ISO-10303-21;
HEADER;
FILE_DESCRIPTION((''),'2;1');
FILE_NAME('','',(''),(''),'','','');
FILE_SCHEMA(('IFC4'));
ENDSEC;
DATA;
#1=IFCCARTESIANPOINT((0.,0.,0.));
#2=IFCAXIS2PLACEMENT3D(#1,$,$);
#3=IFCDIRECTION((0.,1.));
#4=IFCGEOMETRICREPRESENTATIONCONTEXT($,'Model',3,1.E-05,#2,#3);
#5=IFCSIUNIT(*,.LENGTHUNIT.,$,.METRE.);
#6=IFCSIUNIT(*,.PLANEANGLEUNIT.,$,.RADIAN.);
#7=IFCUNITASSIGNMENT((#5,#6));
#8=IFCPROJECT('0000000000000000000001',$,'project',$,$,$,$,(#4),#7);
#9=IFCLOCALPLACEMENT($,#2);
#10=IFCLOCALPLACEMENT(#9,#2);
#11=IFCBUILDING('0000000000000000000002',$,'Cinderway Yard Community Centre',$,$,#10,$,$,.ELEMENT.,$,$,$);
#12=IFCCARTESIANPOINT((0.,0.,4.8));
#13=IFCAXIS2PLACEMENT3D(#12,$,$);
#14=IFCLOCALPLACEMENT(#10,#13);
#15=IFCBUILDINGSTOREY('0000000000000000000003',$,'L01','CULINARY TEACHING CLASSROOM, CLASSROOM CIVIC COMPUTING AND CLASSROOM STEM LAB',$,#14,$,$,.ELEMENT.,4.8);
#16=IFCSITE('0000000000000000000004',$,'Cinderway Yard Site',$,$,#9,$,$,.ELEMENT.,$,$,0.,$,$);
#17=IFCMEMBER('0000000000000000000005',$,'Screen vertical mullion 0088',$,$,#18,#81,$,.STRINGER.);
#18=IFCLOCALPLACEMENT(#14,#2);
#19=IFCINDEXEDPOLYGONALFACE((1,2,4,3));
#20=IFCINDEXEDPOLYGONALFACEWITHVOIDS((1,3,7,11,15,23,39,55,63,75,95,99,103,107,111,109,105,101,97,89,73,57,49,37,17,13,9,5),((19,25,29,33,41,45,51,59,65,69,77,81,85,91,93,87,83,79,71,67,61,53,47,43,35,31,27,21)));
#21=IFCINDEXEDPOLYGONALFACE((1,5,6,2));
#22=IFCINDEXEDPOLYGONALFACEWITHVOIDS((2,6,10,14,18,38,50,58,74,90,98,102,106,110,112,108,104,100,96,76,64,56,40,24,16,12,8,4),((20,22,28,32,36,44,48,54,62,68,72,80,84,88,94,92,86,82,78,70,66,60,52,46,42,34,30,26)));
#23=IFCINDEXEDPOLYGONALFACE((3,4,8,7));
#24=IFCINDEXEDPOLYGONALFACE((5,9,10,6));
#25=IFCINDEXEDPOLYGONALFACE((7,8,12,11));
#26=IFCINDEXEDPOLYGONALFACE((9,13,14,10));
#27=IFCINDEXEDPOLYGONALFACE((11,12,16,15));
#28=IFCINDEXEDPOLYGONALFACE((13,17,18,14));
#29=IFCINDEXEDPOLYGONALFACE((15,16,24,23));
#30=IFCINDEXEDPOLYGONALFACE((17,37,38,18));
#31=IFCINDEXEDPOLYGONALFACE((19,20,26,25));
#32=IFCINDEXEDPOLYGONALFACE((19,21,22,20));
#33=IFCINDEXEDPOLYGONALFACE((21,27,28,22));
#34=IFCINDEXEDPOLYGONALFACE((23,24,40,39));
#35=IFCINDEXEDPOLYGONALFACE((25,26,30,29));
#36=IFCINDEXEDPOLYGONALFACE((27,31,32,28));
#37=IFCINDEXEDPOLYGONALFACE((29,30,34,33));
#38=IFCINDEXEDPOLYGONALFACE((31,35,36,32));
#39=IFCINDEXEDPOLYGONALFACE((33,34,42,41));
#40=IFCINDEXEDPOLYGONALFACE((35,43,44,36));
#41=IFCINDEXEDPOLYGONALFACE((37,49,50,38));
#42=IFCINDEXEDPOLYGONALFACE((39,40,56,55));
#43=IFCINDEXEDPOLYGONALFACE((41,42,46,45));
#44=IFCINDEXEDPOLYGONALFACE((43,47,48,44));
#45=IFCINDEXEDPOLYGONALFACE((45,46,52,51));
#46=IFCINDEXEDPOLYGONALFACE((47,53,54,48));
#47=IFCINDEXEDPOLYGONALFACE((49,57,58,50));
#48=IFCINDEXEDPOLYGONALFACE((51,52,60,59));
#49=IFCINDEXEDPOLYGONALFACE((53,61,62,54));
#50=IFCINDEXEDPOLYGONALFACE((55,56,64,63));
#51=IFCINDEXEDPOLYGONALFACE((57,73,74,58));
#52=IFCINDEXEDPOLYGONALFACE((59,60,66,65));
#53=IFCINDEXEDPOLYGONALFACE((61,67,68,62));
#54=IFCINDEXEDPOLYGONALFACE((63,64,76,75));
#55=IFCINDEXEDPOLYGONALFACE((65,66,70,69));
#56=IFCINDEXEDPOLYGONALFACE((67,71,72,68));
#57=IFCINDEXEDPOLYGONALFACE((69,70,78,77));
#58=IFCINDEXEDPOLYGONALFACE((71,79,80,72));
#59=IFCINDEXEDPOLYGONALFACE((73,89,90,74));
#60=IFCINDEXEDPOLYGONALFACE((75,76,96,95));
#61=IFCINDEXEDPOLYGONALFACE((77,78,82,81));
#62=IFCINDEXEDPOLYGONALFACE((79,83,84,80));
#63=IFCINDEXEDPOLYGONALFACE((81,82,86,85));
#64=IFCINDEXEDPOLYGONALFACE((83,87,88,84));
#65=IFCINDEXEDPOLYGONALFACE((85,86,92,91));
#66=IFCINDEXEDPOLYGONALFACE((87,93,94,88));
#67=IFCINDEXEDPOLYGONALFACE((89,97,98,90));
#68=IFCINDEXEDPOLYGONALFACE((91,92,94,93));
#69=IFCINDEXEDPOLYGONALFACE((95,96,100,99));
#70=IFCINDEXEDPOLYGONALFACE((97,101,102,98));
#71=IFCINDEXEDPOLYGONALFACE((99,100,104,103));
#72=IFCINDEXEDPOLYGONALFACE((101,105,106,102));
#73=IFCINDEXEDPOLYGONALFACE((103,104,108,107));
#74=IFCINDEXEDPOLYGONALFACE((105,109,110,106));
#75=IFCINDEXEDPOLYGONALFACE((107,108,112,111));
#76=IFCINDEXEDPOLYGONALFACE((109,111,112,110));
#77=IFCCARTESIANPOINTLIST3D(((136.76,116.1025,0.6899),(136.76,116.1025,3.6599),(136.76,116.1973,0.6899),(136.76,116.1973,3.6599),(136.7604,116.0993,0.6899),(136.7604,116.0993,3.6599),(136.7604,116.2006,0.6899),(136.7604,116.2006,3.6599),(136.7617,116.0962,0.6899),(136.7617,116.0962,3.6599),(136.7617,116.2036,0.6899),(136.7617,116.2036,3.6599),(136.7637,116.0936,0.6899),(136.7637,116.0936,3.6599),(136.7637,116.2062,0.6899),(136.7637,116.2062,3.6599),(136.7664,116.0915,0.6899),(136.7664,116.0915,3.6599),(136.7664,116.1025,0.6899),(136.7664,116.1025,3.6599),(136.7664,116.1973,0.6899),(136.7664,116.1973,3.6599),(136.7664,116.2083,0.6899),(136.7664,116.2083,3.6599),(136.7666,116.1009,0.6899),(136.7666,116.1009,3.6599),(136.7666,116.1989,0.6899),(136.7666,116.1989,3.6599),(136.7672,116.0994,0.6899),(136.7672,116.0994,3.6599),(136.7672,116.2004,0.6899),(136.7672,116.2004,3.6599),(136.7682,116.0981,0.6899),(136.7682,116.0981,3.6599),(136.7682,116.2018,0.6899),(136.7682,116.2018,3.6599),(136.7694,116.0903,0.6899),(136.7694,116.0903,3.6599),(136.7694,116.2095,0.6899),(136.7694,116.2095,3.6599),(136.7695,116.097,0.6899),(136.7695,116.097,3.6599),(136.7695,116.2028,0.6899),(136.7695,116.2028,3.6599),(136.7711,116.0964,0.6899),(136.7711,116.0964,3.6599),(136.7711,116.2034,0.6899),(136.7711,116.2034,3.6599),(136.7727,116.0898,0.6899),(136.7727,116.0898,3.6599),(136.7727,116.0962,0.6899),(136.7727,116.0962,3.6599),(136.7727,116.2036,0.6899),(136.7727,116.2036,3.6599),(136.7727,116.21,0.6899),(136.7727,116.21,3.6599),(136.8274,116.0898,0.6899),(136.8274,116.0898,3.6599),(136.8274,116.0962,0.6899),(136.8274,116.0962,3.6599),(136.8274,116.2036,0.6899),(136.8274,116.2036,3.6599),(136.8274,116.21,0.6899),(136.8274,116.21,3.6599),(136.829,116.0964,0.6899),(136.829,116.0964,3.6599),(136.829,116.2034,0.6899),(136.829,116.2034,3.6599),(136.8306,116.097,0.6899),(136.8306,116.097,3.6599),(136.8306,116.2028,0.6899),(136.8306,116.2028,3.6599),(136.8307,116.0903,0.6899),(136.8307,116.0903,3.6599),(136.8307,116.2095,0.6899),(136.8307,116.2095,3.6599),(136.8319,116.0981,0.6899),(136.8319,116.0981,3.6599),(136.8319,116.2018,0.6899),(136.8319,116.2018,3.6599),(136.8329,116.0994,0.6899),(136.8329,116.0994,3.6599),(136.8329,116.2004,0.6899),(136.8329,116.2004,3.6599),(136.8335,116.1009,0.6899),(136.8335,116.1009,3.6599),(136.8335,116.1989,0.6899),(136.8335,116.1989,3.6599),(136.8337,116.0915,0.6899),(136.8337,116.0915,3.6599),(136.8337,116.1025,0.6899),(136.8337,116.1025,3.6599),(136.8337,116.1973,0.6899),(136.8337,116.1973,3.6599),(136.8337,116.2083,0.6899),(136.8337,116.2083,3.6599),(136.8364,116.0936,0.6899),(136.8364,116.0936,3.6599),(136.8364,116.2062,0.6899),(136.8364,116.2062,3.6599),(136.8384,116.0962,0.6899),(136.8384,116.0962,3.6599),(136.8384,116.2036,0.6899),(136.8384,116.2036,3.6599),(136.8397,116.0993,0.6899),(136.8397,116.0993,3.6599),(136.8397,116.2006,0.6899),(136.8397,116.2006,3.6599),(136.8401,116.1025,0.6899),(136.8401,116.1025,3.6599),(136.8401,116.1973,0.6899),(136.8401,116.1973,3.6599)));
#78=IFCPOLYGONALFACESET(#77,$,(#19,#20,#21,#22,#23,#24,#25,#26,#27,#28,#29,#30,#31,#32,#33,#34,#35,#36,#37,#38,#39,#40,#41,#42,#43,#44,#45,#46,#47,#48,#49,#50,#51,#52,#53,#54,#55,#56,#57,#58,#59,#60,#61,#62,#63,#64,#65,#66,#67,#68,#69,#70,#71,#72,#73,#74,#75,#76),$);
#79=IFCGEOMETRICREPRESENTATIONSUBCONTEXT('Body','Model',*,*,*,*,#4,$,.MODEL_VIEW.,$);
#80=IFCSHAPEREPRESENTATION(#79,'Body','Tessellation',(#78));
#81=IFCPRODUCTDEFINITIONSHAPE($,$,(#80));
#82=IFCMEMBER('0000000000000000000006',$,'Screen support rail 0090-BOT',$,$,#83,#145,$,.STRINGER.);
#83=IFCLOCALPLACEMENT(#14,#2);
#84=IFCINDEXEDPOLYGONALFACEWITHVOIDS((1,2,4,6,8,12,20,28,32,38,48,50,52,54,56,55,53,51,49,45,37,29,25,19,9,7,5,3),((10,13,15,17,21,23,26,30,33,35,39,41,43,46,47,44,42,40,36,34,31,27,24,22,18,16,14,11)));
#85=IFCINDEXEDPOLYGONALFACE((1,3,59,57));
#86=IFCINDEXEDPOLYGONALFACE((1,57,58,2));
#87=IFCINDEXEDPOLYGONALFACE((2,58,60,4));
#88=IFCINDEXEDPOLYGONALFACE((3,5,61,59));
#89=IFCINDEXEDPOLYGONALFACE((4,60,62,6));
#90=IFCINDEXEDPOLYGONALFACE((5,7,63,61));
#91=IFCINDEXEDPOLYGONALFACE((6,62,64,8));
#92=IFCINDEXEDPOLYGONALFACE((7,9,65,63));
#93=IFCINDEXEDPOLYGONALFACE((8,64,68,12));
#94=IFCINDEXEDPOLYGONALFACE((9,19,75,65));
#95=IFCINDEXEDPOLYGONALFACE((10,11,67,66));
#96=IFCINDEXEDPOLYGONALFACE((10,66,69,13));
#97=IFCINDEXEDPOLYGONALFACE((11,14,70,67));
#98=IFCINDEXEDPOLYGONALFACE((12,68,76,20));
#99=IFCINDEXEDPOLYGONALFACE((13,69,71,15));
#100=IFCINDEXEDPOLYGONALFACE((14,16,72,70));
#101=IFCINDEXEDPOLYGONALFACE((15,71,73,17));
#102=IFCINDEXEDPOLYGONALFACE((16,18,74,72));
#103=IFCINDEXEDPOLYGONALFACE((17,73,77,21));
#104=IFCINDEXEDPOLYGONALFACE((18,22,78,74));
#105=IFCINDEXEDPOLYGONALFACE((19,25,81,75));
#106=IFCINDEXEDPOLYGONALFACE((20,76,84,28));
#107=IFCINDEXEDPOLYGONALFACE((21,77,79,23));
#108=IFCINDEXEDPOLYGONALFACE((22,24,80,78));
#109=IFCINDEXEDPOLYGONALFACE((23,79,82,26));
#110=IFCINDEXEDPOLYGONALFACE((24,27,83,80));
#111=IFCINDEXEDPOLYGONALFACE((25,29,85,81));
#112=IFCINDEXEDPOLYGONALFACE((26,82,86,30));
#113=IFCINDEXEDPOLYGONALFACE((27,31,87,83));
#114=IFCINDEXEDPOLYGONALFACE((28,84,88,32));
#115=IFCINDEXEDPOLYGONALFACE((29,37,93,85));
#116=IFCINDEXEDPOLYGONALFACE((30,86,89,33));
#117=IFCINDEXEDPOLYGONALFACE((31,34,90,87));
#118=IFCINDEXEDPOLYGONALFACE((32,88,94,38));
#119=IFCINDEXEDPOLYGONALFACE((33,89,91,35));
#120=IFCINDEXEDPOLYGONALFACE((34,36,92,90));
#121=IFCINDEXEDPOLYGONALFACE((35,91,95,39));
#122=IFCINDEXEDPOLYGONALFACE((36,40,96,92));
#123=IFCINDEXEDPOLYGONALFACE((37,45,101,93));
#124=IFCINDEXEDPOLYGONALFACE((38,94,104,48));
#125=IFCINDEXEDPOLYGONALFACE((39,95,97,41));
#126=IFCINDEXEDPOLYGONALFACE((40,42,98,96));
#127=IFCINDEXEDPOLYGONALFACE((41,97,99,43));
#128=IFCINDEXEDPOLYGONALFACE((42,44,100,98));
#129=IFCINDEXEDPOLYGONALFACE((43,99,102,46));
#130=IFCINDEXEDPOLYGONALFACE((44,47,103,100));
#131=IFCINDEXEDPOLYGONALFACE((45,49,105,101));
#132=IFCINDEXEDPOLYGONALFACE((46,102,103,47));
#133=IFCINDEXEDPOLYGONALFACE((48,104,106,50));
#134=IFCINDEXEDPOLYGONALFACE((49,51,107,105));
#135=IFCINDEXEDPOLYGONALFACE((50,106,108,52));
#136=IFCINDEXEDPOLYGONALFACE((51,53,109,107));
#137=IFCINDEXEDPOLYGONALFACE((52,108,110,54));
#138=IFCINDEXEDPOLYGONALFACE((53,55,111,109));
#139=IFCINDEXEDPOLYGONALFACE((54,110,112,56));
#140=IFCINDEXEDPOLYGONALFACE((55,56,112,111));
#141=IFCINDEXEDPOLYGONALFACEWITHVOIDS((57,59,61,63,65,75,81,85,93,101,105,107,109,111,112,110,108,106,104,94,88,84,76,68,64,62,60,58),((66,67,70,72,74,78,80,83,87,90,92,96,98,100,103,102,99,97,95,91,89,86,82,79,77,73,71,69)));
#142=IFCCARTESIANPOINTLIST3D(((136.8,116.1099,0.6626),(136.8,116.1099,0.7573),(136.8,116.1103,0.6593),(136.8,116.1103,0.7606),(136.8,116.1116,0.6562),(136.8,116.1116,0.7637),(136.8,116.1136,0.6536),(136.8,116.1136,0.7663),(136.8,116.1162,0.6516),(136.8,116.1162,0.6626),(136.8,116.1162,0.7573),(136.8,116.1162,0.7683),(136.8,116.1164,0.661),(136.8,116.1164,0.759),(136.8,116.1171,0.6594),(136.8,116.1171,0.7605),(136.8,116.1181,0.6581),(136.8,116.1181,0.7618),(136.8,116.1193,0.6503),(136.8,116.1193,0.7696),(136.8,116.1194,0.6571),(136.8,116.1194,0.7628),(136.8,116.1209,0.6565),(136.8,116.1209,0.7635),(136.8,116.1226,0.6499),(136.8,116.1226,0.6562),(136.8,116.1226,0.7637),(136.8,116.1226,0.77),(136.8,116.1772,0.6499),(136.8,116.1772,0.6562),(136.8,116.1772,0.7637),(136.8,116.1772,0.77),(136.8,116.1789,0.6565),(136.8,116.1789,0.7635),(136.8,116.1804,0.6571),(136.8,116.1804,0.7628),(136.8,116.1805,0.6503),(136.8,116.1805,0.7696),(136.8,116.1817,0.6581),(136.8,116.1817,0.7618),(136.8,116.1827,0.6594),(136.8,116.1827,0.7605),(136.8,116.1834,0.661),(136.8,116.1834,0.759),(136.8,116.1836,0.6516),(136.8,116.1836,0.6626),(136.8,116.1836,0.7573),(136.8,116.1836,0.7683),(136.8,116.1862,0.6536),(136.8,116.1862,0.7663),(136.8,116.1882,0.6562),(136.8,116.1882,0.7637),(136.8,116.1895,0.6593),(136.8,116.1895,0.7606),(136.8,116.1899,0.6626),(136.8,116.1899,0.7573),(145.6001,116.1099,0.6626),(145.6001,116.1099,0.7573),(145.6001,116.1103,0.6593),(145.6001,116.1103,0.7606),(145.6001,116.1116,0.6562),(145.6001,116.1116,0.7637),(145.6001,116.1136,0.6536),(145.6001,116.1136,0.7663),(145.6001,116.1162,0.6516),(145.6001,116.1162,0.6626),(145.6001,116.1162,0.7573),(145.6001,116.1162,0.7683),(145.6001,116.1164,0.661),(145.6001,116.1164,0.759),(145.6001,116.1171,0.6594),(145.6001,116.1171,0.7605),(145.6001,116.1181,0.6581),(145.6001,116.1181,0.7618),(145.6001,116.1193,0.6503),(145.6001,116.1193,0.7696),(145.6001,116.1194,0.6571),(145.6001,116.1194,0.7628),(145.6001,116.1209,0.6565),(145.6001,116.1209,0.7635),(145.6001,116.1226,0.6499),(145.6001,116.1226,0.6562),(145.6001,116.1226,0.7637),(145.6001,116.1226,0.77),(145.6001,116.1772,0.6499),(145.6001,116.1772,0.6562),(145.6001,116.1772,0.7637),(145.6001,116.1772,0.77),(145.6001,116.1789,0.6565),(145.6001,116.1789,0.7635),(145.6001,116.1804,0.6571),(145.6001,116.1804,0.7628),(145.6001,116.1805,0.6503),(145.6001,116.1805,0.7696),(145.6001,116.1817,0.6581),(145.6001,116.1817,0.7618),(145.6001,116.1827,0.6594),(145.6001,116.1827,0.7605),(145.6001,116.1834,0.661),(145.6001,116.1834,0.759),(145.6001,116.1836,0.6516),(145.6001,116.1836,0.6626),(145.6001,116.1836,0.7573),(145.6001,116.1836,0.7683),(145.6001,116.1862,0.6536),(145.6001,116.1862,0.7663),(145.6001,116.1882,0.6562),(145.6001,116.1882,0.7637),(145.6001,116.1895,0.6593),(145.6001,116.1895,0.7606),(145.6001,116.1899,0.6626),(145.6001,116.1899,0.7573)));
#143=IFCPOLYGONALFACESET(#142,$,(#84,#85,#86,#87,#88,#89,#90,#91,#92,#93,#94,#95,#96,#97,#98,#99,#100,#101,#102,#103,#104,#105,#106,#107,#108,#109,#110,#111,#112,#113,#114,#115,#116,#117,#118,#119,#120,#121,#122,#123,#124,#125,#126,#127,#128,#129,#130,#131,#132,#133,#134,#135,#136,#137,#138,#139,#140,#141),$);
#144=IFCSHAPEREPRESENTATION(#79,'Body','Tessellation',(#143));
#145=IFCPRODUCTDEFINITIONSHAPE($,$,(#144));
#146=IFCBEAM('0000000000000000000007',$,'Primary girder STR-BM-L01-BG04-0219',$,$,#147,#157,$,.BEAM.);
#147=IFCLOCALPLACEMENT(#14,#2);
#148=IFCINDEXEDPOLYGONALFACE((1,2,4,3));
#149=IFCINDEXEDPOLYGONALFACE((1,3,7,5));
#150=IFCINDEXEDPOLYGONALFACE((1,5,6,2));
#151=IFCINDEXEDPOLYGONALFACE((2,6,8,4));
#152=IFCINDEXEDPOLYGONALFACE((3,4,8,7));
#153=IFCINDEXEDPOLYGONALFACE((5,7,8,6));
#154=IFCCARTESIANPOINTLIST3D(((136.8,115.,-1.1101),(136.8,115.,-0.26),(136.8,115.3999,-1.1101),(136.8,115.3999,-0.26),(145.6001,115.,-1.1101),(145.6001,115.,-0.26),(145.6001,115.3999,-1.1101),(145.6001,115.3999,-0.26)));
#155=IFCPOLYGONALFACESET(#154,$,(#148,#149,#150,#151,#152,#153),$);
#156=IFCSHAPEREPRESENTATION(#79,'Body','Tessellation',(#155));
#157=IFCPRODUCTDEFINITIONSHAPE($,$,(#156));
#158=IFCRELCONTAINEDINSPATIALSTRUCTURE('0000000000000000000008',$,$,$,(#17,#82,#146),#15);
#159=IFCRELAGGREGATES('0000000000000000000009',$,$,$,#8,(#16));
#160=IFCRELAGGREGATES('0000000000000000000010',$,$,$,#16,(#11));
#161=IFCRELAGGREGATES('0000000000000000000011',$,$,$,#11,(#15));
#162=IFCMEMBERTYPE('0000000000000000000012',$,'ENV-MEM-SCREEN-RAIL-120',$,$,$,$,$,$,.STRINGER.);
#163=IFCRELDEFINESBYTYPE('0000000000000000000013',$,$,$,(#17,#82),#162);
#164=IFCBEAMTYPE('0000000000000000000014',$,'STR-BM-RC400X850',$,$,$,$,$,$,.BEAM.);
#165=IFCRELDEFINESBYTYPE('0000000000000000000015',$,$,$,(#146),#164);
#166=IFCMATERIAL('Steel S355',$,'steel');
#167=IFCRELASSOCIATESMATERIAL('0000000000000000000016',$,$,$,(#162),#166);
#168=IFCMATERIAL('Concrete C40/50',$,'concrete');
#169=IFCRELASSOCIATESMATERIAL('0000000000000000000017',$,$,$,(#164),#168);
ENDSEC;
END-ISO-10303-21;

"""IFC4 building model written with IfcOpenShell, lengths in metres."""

from ifc_helpers import new_model, si_unit, direction, frame, origin, origin_2d, place, context, subcontext, project, spatial, rectangle, hollow_rectangle, extrude, material, material_profile, profile_set, type_object, element, save


model = new_model("IFC4")

# Units and contexts
model_context = context("Model", 3, precision=1e-05, world=origin(), true_north=direction((0.0, 1.0)))
body_context = subcontext(model_context, "Body", "Model", "MODEL_VIEW")
ifc_project = project(units=[si_unit("LENGTHUNIT", "METRE"), si_unit("PLANEANGLEUNIT", "RADIAN")], contexts=[model_context])

# Site, building, storey
site_placement = place(None, origin())
site = spatial("IfcSite", under=ifc_project, at=site_placement, Name="Cinderway Yard Site", CompositionType="ELEMENT", RefElevation=0.0)
building_placement = place(site_placement, origin())
building = spatial("IfcBuilding", under=site, at=building_placement, Name="Cinderway Yard Community Centre", CompositionType="ELEMENT")
storey_placement = place(building_placement, frame((0.0, 0.0, 4.8)))
storey = spatial("IfcBuildingStorey", under=building, at=storey_placement, Name="L01", Description="CULINARY TEACHING CLASSROOM, CLASSROOM CIVIC COMPUTING AND CLASSROOM STEM LAB", CompositionType="ELEMENT", Elevation=4.8)

# Shared definitions
ifc_material_1 = material(Name="Concrete C40/50", Category="concrete")

# Members
ifc_material_2 = material(Name="Steel S355", Category="steel")
ifc_material_profile_1 = material_profile(ifc_material_2, hollow_rectangle(XDim=0.0801, YDim=0.1201, WallThickness=0.0063, InnerFilletRadius=0.0063, OuterFilletRadius=0.0127, at=origin_2d()), Name="Steel S355")
ifc_profile_set_1 = profile_set([ifc_material_profile_1], Name="Steel S355")
member_type_1 = type_object("IfcMemberType", Name="ENV-MEM-SCREEN-RAIL-120", PredefinedType="STRINGER", material=ifc_profile_set_1)
for number, where, z_axis, x_axis, name in (
    (1, (136.8, 116.1499, 0.6899), (0.0, 0.0, 1.0), (1.0, 0.0, 0.0), "Screen vertical mullion 0088"),
):
    element("IfcMember", number, at=place(storey_placement, frame(where, z_axis=z_axis, x_axis=x_axis)), inside=storey, type_object=member_type_1, Name=name, PredefinedType="STRINGER", context=body_context, shape_type="SweptSolid", body=[
        extrude(hollow_rectangle(XDim=0.0801, YDim=0.1201, WallThickness=0.0063, InnerFilletRadius=0.0063, OuterFilletRadius=0.0127, at=origin_2d()), origin(), (0.0, 0.0, 1.0), 2.97),
    ])
member_1_placement = place(storey_placement, frame((136.8, 116.1499, 0.71), z_axis=(1.0, 0.0, 0.0), x_axis=(0.0, 1.0, 0.0)))
element("IfcMember", 2, at=member_1_placement, inside=storey, type_object=member_type_1, Name="Screen support rail 0090-BOT", PredefinedType="STRINGER", context=body_context, shape_type="SweptSolid", body=[
    extrude(hollow_rectangle(XDim=0.0801, YDim=0.1201, WallThickness=0.0063, InnerFilletRadius=0.0063, OuterFilletRadius=0.0127, at=origin_2d()), origin(), (0.0, 0.0, 1.0), 8.8),
])

# Beam
ifc_material_profile_2 = material_profile(ifc_material_1, rectangle(XDim=0.3999, YDim=0.8501, at=origin_2d()), Name="Concrete C40/50")
ifc_profile_set_2 = profile_set([ifc_material_profile_2], Name="Concrete C40/50")
beam_type = type_object("IfcBeamType", Name="STR-BM-RC400X850", PredefinedType="BEAM", material=ifc_profile_set_2)
beam_placement = place(storey_placement, frame((136.8, 115.2, -0.6851), z_axis=(1.0, 0.0, 0.0), x_axis=(0.0, 1.0, 0.0)))
element("IfcBeam", 3, at=beam_placement, inside=storey, type_object=beam_type, Name="Primary girder STR-BM-L01-BG04-0219", PredefinedType="BEAM", context=body_context, shape_type="SweptSolid", body=[
    extrude(rectangle(XDim=0.3999, YDim=0.8501, at=origin_2d()), origin(), (0.0, 0.0, 1.0), 8.8),
])

save(model, "model.ifc")
